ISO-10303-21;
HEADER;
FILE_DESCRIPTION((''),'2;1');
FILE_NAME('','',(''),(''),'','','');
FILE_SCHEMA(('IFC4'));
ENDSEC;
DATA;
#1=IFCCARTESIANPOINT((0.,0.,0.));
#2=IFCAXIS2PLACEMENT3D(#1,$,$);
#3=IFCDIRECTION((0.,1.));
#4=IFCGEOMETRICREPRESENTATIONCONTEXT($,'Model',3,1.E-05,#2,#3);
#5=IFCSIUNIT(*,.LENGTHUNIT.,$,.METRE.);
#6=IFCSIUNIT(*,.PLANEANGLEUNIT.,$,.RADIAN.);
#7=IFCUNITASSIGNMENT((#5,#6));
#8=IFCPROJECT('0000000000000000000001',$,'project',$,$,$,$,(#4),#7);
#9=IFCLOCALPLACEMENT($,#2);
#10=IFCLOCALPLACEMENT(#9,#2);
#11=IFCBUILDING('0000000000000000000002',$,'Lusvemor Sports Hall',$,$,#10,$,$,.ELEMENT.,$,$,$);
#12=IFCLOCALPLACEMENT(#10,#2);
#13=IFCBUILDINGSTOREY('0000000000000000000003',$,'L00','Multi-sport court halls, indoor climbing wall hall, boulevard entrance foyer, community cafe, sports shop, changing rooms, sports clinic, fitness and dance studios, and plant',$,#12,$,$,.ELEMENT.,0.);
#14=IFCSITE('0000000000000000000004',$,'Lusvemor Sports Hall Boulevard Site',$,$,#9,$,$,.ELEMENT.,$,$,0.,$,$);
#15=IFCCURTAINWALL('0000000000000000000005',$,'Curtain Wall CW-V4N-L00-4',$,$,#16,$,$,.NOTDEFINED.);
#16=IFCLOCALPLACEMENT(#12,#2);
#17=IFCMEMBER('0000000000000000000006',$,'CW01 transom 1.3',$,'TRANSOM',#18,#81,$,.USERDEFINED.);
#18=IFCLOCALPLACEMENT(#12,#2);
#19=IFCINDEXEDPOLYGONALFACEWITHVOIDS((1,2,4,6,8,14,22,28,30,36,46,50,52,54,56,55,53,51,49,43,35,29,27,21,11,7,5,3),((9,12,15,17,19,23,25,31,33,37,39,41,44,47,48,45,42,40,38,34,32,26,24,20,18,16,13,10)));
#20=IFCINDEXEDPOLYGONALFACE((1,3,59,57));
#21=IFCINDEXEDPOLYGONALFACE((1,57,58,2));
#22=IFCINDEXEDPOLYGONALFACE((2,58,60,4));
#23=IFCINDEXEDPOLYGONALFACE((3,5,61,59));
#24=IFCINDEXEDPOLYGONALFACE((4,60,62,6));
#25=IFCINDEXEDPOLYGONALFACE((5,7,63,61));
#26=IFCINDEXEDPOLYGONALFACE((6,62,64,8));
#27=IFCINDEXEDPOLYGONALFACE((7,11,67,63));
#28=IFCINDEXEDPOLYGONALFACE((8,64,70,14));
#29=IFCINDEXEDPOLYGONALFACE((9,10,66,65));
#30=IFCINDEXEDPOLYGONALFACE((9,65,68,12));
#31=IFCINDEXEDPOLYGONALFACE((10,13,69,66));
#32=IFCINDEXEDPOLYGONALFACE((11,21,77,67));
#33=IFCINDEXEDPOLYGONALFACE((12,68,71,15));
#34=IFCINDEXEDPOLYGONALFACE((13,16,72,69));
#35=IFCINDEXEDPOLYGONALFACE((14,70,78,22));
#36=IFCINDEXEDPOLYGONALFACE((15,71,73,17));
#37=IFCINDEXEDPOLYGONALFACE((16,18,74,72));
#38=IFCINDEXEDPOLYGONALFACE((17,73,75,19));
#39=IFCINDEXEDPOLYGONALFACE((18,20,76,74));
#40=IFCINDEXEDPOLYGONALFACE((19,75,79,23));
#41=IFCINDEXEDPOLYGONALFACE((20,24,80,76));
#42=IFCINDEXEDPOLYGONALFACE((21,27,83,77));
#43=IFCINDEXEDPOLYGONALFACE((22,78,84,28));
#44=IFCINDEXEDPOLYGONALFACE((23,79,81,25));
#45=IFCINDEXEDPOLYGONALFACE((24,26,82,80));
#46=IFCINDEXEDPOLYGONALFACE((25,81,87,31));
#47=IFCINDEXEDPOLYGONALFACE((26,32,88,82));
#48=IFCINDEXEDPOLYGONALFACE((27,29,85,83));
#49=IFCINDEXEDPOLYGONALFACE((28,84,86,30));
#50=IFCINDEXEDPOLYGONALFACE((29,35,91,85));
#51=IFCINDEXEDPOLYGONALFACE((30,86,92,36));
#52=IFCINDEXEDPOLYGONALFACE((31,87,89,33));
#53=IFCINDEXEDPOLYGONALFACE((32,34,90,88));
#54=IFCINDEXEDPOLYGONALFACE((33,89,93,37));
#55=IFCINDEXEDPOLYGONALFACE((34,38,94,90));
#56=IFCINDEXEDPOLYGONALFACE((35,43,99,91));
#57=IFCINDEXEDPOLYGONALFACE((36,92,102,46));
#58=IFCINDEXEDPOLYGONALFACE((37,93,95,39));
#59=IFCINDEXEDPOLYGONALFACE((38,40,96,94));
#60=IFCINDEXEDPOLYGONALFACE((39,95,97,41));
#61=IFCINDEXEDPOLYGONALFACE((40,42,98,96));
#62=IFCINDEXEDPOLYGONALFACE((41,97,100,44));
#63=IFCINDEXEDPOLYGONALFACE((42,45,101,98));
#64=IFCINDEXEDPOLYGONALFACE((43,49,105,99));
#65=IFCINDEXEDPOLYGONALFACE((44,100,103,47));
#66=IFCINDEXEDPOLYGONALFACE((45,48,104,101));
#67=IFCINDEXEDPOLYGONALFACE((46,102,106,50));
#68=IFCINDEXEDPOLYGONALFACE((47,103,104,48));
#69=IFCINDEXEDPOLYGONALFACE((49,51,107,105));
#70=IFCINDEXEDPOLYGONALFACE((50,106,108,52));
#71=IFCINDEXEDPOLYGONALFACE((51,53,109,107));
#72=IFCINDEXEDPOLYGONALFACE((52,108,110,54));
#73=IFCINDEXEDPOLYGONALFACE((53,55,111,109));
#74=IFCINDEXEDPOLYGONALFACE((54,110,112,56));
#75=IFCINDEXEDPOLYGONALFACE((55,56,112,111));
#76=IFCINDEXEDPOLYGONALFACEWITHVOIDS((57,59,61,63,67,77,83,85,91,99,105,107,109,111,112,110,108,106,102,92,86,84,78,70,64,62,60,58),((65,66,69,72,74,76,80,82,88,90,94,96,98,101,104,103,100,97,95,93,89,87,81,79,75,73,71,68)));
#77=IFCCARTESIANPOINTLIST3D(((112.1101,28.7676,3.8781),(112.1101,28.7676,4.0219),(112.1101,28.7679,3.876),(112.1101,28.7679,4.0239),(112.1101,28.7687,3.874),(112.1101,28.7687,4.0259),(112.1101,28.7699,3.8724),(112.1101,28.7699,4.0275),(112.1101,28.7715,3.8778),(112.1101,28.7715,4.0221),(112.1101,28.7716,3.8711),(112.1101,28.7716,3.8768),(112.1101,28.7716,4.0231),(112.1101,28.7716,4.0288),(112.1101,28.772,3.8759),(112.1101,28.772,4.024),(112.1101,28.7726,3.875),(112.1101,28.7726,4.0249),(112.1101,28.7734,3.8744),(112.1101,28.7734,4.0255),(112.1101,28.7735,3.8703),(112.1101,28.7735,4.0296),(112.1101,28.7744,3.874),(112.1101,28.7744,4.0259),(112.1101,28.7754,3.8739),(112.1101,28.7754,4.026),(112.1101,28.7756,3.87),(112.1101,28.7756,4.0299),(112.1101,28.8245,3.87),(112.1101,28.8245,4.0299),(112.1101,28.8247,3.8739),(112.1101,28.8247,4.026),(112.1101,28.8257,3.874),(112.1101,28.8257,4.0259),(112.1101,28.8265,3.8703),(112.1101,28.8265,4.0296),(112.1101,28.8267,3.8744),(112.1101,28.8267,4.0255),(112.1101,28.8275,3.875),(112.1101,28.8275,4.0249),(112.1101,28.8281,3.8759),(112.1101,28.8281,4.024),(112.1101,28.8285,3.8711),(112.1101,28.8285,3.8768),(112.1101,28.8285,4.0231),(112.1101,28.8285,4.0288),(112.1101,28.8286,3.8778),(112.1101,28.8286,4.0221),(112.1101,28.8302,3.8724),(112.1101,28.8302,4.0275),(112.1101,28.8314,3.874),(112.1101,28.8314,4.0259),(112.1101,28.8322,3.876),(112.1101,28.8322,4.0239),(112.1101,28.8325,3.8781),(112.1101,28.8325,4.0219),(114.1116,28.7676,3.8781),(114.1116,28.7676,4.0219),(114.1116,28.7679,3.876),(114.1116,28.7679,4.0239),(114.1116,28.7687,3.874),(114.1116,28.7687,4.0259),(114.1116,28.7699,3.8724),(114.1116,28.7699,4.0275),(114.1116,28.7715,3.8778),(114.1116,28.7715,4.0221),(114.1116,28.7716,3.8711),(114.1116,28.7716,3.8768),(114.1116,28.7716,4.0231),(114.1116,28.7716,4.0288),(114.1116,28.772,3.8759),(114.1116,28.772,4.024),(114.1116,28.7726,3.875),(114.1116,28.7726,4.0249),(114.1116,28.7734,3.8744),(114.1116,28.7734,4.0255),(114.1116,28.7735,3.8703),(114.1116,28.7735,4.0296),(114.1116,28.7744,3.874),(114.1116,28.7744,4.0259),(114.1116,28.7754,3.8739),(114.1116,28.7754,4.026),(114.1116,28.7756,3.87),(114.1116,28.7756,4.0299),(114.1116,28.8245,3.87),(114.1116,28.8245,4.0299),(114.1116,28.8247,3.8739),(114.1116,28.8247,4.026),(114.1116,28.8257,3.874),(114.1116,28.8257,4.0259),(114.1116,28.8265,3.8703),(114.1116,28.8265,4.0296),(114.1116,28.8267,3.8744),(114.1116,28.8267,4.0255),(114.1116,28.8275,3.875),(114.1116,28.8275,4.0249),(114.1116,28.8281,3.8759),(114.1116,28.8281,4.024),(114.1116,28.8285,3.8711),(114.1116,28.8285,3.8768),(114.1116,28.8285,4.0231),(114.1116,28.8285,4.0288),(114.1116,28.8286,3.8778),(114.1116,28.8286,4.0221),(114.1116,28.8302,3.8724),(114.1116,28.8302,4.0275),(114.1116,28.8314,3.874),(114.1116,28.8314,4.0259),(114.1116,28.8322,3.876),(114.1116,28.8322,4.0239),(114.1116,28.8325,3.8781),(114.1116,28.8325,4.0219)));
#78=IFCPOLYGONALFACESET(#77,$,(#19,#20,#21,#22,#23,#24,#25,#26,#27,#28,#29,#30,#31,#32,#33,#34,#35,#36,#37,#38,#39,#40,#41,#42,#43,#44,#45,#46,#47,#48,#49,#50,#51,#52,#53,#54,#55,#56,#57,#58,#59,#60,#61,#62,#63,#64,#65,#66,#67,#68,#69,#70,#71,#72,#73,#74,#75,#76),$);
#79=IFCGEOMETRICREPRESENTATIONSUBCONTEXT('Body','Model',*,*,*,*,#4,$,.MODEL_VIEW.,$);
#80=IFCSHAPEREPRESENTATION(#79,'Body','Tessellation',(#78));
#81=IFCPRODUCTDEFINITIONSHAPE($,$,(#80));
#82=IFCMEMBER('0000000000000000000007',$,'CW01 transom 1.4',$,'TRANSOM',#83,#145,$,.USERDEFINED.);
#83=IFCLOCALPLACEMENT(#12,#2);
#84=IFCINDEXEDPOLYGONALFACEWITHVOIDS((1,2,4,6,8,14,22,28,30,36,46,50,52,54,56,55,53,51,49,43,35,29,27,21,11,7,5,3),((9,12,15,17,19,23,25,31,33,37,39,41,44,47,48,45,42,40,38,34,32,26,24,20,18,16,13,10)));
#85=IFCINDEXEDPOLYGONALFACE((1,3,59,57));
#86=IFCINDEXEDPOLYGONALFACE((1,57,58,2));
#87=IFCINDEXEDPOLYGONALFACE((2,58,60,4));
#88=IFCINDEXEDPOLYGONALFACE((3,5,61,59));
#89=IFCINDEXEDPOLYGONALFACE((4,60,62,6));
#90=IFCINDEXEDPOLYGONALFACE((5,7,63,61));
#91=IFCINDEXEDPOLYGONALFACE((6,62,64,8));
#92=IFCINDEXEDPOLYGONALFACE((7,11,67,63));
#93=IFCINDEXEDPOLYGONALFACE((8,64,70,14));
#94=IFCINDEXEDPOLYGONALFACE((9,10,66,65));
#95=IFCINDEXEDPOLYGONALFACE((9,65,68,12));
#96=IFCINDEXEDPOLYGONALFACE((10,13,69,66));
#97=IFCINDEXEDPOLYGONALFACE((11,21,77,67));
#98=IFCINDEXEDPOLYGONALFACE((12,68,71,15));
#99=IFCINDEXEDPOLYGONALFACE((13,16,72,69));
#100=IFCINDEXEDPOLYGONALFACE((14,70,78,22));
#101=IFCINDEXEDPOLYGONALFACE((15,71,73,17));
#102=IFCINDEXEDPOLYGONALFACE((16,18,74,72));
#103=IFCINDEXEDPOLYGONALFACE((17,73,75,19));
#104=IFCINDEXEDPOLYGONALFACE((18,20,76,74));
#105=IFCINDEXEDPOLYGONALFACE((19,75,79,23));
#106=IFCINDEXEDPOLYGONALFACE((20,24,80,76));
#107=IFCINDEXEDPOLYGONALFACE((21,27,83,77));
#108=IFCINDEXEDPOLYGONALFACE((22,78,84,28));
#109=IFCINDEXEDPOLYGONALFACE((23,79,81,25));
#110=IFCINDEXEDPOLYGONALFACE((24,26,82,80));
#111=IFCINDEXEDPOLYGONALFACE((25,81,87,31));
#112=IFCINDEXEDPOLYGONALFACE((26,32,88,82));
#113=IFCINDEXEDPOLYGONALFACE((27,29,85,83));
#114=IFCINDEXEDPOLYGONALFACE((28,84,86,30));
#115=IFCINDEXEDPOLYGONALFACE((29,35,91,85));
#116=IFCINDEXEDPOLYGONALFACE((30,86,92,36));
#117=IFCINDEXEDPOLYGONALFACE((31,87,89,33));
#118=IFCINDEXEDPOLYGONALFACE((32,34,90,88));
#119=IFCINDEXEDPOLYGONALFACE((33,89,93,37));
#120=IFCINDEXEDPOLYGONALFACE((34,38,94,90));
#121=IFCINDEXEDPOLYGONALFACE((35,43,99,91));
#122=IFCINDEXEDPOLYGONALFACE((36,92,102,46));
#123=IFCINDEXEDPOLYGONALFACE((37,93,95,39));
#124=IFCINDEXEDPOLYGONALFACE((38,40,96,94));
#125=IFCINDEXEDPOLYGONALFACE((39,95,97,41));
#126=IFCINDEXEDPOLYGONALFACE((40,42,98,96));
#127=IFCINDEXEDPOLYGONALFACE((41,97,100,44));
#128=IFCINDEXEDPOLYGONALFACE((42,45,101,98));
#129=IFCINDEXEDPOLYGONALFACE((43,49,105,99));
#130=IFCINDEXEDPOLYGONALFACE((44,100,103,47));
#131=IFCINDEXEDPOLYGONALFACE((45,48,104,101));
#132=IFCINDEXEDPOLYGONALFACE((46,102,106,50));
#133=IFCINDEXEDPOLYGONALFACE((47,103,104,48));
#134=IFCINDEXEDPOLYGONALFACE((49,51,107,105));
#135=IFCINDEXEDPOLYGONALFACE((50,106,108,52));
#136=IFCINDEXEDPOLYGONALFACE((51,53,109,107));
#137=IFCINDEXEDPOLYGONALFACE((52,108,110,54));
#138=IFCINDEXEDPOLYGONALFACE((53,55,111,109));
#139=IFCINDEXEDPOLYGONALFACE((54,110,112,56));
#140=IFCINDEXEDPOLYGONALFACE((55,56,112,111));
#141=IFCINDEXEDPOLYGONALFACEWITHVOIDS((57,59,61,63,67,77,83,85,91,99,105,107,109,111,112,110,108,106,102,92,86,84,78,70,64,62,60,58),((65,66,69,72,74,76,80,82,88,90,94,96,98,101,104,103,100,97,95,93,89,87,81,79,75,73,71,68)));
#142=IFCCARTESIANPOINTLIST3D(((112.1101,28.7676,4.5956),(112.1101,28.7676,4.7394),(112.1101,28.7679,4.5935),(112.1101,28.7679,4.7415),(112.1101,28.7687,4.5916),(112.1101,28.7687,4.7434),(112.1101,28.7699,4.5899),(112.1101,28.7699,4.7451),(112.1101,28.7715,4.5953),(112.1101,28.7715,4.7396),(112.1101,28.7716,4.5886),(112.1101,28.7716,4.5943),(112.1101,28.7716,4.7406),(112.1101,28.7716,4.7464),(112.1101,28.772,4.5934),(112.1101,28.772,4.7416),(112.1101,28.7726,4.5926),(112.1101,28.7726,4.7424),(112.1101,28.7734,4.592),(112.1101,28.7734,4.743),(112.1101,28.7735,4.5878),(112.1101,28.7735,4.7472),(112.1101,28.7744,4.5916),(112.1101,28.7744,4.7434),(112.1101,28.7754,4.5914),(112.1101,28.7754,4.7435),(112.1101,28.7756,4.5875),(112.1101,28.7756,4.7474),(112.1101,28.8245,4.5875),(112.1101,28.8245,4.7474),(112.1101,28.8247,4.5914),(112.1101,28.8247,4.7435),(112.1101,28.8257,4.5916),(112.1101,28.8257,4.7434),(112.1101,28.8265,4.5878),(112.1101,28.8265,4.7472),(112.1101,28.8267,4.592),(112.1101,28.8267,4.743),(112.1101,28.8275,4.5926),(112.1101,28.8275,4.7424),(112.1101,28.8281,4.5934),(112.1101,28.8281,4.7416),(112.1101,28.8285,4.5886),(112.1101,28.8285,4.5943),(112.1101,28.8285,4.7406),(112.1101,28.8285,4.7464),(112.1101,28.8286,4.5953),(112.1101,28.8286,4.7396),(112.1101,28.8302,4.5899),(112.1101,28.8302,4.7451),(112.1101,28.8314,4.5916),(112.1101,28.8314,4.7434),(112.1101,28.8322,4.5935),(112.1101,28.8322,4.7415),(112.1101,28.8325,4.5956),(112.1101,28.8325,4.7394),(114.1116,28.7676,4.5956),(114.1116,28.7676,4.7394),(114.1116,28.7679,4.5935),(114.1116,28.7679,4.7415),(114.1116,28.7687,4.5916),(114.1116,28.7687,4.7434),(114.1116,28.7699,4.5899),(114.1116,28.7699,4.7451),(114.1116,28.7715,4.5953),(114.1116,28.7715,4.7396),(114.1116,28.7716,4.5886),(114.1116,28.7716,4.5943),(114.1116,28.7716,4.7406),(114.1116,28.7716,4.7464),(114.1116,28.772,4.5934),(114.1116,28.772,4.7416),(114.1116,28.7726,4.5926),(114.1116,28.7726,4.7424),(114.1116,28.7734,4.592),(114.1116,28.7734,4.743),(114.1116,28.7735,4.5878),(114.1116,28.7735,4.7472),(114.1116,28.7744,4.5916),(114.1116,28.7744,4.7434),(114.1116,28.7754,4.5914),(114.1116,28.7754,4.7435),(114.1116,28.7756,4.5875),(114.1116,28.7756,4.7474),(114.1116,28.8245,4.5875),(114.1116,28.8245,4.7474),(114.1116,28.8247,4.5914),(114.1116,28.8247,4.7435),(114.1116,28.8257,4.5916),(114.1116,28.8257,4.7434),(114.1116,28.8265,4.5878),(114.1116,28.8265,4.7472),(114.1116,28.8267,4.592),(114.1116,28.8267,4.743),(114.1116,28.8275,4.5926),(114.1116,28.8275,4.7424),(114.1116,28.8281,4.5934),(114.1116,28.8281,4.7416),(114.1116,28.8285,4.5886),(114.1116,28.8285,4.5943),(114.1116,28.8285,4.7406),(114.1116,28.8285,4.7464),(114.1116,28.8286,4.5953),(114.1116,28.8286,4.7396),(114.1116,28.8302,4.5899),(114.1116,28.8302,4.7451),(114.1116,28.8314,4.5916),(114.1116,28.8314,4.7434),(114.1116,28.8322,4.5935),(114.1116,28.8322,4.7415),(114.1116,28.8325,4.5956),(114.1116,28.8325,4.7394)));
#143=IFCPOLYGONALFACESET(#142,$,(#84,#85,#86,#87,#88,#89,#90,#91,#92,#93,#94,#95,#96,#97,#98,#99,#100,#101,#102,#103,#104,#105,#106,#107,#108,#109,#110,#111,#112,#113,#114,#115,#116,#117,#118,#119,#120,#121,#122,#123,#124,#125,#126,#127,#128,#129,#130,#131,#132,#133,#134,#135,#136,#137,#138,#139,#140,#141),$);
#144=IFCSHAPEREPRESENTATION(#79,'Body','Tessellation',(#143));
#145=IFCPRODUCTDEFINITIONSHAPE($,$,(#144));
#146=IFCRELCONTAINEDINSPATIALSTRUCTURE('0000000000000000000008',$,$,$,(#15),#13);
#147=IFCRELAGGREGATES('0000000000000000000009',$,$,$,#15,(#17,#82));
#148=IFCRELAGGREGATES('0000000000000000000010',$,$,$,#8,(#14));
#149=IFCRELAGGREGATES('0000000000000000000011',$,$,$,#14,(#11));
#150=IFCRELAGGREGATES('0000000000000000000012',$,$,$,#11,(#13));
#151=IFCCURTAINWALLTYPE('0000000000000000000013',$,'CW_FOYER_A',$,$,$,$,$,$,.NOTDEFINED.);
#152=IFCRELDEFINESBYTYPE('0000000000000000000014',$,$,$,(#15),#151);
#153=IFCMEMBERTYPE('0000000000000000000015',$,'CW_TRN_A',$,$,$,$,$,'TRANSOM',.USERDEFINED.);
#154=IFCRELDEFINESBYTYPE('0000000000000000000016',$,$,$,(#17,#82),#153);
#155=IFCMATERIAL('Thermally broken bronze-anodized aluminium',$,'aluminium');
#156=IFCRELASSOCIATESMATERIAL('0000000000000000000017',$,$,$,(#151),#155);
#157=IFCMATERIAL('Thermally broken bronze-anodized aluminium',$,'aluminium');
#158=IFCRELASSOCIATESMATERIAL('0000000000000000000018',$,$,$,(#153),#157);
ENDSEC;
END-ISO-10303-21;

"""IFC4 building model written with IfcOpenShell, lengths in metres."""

from ifc_helpers import new_model, si_unit, direction, frame, origin, origin_2d, place, context, subcontext, project, spatial, hollow_rectangle, extrude, material, material_profile, profile_set, type_object, element, aggregate, save


model = new_model("IFC4")

# Units and contexts
model_context = context("Model", 3, precision=1e-05, world=origin(), true_north=direction((0.0, 1.0)))
body_context = subcontext(model_context, "Body", "Model", "MODEL_VIEW")
ifc_project = project(units=[si_unit("LENGTHUNIT", "METRE"), si_unit("PLANEANGLEUNIT", "RADIAN")], contexts=[model_context])

# Site, building, storey
site_placement = place(None, origin())
site = spatial("IfcSite", under=ifc_project, at=site_placement, Name="Lusvemor Sports Hall Boulevard Site", CompositionType="ELEMENT", RefElevation=0.0)
building_placement = place(site_placement, origin())
building = spatial("IfcBuilding", under=site, at=building_placement, Name="Lusvemor Sports Hall", CompositionType="ELEMENT")
storey_placement = place(building_placement, origin())
storey = spatial("IfcBuildingStorey", under=building, at=storey_placement, Name="L00", Description="Multi-sport court halls, indoor climbing wall hall, boulevard entrance foyer, community cafe, sports shop, changing rooms, sports clinic, fitness and dance studios, and plant", CompositionType="ELEMENT", Elevation=0.0)

# Curtain wall, members
ifc_material_1 = material(Name="Thermally broken bronze-anodized aluminium", Category="aluminium")
curtain_wall_type = type_object("IfcCurtainWallType", Name="CW_FOYER_A", PredefinedType="NOTDEFINED", material=ifc_material_1)
curtain_wall_placement = place(storey_placement, origin())
curtain_wall = element("IfcCurtainWall", 1, at=curtain_wall_placement, inside=storey, type_object=curtain_wall_type, Name="Curtain Wall CW-V4N-L00-4", PredefinedType="NOTDEFINED")
ifc_material_2 = material(Name="Thermally broken bronze-anodized aluminium", Category="aluminium")
ifc_material_profile_1 = material_profile(ifc_material_2, hollow_rectangle(XDim=0.0649, YDim=0.1599, WallThickness=0.0039, InnerFilletRadius=0.0039, OuterFilletRadius=0.0081, at=origin_2d()), Name="CWTRN160x65x4")
ifc_profile_set_1 = profile_set([ifc_material_profile_1], Name="Thermally broken bronze-anodized aluminium")
member_type_1 = type_object("IfcMemberType", Name="CW_TRN_A", ElementType="TRANSOM", PredefinedType="USERDEFINED", material=ifc_profile_set_1)
member_1_placement = place(storey_placement, frame((112.1101, 28.8, 3.95), z_axis=(1.0, 0.0, 0.0), x_axis=(0.0, 1.0, 0.0)))
member_1 = element("IfcMember", 2, at=member_1_placement, type_object=member_type_1, Name="CW01 transom 1.3", ObjectType="TRANSOM", PredefinedType="USERDEFINED", context=body_context, shape_type="SweptSolid", body=[
    extrude(hollow_rectangle(XDim=0.0649, YDim=0.1599, WallThickness=0.0039, InnerFilletRadius=0.0039, OuterFilletRadius=0.0081, at=origin_2d()), origin(), (0.0, 0.0, 1.0), 2.0015),
])
member_2_placement = place(storey_placement, frame((112.1101, 28.8, 4.6675), z_axis=(1.0, 0.0, 0.0), x_axis=(0.0, 1.0, 0.0)))
member_2 = element("IfcMember", 3, at=member_2_placement, type_object=member_type_1, Name="CW01 transom 1.4", ObjectType="TRANSOM", PredefinedType="USERDEFINED", context=body_context, shape_type="SweptSolid", body=[
    extrude(hollow_rectangle(XDim=0.0649, YDim=0.1599, WallThickness=0.0039, InnerFilletRadius=0.0039, OuterFilletRadius=0.0081, at=origin_2d()), origin(), (0.0, 0.0, 1.0), 2.0015),
])
aggregate(curtain_wall, [member_1, member_2])

save(model, "model.ifc")
